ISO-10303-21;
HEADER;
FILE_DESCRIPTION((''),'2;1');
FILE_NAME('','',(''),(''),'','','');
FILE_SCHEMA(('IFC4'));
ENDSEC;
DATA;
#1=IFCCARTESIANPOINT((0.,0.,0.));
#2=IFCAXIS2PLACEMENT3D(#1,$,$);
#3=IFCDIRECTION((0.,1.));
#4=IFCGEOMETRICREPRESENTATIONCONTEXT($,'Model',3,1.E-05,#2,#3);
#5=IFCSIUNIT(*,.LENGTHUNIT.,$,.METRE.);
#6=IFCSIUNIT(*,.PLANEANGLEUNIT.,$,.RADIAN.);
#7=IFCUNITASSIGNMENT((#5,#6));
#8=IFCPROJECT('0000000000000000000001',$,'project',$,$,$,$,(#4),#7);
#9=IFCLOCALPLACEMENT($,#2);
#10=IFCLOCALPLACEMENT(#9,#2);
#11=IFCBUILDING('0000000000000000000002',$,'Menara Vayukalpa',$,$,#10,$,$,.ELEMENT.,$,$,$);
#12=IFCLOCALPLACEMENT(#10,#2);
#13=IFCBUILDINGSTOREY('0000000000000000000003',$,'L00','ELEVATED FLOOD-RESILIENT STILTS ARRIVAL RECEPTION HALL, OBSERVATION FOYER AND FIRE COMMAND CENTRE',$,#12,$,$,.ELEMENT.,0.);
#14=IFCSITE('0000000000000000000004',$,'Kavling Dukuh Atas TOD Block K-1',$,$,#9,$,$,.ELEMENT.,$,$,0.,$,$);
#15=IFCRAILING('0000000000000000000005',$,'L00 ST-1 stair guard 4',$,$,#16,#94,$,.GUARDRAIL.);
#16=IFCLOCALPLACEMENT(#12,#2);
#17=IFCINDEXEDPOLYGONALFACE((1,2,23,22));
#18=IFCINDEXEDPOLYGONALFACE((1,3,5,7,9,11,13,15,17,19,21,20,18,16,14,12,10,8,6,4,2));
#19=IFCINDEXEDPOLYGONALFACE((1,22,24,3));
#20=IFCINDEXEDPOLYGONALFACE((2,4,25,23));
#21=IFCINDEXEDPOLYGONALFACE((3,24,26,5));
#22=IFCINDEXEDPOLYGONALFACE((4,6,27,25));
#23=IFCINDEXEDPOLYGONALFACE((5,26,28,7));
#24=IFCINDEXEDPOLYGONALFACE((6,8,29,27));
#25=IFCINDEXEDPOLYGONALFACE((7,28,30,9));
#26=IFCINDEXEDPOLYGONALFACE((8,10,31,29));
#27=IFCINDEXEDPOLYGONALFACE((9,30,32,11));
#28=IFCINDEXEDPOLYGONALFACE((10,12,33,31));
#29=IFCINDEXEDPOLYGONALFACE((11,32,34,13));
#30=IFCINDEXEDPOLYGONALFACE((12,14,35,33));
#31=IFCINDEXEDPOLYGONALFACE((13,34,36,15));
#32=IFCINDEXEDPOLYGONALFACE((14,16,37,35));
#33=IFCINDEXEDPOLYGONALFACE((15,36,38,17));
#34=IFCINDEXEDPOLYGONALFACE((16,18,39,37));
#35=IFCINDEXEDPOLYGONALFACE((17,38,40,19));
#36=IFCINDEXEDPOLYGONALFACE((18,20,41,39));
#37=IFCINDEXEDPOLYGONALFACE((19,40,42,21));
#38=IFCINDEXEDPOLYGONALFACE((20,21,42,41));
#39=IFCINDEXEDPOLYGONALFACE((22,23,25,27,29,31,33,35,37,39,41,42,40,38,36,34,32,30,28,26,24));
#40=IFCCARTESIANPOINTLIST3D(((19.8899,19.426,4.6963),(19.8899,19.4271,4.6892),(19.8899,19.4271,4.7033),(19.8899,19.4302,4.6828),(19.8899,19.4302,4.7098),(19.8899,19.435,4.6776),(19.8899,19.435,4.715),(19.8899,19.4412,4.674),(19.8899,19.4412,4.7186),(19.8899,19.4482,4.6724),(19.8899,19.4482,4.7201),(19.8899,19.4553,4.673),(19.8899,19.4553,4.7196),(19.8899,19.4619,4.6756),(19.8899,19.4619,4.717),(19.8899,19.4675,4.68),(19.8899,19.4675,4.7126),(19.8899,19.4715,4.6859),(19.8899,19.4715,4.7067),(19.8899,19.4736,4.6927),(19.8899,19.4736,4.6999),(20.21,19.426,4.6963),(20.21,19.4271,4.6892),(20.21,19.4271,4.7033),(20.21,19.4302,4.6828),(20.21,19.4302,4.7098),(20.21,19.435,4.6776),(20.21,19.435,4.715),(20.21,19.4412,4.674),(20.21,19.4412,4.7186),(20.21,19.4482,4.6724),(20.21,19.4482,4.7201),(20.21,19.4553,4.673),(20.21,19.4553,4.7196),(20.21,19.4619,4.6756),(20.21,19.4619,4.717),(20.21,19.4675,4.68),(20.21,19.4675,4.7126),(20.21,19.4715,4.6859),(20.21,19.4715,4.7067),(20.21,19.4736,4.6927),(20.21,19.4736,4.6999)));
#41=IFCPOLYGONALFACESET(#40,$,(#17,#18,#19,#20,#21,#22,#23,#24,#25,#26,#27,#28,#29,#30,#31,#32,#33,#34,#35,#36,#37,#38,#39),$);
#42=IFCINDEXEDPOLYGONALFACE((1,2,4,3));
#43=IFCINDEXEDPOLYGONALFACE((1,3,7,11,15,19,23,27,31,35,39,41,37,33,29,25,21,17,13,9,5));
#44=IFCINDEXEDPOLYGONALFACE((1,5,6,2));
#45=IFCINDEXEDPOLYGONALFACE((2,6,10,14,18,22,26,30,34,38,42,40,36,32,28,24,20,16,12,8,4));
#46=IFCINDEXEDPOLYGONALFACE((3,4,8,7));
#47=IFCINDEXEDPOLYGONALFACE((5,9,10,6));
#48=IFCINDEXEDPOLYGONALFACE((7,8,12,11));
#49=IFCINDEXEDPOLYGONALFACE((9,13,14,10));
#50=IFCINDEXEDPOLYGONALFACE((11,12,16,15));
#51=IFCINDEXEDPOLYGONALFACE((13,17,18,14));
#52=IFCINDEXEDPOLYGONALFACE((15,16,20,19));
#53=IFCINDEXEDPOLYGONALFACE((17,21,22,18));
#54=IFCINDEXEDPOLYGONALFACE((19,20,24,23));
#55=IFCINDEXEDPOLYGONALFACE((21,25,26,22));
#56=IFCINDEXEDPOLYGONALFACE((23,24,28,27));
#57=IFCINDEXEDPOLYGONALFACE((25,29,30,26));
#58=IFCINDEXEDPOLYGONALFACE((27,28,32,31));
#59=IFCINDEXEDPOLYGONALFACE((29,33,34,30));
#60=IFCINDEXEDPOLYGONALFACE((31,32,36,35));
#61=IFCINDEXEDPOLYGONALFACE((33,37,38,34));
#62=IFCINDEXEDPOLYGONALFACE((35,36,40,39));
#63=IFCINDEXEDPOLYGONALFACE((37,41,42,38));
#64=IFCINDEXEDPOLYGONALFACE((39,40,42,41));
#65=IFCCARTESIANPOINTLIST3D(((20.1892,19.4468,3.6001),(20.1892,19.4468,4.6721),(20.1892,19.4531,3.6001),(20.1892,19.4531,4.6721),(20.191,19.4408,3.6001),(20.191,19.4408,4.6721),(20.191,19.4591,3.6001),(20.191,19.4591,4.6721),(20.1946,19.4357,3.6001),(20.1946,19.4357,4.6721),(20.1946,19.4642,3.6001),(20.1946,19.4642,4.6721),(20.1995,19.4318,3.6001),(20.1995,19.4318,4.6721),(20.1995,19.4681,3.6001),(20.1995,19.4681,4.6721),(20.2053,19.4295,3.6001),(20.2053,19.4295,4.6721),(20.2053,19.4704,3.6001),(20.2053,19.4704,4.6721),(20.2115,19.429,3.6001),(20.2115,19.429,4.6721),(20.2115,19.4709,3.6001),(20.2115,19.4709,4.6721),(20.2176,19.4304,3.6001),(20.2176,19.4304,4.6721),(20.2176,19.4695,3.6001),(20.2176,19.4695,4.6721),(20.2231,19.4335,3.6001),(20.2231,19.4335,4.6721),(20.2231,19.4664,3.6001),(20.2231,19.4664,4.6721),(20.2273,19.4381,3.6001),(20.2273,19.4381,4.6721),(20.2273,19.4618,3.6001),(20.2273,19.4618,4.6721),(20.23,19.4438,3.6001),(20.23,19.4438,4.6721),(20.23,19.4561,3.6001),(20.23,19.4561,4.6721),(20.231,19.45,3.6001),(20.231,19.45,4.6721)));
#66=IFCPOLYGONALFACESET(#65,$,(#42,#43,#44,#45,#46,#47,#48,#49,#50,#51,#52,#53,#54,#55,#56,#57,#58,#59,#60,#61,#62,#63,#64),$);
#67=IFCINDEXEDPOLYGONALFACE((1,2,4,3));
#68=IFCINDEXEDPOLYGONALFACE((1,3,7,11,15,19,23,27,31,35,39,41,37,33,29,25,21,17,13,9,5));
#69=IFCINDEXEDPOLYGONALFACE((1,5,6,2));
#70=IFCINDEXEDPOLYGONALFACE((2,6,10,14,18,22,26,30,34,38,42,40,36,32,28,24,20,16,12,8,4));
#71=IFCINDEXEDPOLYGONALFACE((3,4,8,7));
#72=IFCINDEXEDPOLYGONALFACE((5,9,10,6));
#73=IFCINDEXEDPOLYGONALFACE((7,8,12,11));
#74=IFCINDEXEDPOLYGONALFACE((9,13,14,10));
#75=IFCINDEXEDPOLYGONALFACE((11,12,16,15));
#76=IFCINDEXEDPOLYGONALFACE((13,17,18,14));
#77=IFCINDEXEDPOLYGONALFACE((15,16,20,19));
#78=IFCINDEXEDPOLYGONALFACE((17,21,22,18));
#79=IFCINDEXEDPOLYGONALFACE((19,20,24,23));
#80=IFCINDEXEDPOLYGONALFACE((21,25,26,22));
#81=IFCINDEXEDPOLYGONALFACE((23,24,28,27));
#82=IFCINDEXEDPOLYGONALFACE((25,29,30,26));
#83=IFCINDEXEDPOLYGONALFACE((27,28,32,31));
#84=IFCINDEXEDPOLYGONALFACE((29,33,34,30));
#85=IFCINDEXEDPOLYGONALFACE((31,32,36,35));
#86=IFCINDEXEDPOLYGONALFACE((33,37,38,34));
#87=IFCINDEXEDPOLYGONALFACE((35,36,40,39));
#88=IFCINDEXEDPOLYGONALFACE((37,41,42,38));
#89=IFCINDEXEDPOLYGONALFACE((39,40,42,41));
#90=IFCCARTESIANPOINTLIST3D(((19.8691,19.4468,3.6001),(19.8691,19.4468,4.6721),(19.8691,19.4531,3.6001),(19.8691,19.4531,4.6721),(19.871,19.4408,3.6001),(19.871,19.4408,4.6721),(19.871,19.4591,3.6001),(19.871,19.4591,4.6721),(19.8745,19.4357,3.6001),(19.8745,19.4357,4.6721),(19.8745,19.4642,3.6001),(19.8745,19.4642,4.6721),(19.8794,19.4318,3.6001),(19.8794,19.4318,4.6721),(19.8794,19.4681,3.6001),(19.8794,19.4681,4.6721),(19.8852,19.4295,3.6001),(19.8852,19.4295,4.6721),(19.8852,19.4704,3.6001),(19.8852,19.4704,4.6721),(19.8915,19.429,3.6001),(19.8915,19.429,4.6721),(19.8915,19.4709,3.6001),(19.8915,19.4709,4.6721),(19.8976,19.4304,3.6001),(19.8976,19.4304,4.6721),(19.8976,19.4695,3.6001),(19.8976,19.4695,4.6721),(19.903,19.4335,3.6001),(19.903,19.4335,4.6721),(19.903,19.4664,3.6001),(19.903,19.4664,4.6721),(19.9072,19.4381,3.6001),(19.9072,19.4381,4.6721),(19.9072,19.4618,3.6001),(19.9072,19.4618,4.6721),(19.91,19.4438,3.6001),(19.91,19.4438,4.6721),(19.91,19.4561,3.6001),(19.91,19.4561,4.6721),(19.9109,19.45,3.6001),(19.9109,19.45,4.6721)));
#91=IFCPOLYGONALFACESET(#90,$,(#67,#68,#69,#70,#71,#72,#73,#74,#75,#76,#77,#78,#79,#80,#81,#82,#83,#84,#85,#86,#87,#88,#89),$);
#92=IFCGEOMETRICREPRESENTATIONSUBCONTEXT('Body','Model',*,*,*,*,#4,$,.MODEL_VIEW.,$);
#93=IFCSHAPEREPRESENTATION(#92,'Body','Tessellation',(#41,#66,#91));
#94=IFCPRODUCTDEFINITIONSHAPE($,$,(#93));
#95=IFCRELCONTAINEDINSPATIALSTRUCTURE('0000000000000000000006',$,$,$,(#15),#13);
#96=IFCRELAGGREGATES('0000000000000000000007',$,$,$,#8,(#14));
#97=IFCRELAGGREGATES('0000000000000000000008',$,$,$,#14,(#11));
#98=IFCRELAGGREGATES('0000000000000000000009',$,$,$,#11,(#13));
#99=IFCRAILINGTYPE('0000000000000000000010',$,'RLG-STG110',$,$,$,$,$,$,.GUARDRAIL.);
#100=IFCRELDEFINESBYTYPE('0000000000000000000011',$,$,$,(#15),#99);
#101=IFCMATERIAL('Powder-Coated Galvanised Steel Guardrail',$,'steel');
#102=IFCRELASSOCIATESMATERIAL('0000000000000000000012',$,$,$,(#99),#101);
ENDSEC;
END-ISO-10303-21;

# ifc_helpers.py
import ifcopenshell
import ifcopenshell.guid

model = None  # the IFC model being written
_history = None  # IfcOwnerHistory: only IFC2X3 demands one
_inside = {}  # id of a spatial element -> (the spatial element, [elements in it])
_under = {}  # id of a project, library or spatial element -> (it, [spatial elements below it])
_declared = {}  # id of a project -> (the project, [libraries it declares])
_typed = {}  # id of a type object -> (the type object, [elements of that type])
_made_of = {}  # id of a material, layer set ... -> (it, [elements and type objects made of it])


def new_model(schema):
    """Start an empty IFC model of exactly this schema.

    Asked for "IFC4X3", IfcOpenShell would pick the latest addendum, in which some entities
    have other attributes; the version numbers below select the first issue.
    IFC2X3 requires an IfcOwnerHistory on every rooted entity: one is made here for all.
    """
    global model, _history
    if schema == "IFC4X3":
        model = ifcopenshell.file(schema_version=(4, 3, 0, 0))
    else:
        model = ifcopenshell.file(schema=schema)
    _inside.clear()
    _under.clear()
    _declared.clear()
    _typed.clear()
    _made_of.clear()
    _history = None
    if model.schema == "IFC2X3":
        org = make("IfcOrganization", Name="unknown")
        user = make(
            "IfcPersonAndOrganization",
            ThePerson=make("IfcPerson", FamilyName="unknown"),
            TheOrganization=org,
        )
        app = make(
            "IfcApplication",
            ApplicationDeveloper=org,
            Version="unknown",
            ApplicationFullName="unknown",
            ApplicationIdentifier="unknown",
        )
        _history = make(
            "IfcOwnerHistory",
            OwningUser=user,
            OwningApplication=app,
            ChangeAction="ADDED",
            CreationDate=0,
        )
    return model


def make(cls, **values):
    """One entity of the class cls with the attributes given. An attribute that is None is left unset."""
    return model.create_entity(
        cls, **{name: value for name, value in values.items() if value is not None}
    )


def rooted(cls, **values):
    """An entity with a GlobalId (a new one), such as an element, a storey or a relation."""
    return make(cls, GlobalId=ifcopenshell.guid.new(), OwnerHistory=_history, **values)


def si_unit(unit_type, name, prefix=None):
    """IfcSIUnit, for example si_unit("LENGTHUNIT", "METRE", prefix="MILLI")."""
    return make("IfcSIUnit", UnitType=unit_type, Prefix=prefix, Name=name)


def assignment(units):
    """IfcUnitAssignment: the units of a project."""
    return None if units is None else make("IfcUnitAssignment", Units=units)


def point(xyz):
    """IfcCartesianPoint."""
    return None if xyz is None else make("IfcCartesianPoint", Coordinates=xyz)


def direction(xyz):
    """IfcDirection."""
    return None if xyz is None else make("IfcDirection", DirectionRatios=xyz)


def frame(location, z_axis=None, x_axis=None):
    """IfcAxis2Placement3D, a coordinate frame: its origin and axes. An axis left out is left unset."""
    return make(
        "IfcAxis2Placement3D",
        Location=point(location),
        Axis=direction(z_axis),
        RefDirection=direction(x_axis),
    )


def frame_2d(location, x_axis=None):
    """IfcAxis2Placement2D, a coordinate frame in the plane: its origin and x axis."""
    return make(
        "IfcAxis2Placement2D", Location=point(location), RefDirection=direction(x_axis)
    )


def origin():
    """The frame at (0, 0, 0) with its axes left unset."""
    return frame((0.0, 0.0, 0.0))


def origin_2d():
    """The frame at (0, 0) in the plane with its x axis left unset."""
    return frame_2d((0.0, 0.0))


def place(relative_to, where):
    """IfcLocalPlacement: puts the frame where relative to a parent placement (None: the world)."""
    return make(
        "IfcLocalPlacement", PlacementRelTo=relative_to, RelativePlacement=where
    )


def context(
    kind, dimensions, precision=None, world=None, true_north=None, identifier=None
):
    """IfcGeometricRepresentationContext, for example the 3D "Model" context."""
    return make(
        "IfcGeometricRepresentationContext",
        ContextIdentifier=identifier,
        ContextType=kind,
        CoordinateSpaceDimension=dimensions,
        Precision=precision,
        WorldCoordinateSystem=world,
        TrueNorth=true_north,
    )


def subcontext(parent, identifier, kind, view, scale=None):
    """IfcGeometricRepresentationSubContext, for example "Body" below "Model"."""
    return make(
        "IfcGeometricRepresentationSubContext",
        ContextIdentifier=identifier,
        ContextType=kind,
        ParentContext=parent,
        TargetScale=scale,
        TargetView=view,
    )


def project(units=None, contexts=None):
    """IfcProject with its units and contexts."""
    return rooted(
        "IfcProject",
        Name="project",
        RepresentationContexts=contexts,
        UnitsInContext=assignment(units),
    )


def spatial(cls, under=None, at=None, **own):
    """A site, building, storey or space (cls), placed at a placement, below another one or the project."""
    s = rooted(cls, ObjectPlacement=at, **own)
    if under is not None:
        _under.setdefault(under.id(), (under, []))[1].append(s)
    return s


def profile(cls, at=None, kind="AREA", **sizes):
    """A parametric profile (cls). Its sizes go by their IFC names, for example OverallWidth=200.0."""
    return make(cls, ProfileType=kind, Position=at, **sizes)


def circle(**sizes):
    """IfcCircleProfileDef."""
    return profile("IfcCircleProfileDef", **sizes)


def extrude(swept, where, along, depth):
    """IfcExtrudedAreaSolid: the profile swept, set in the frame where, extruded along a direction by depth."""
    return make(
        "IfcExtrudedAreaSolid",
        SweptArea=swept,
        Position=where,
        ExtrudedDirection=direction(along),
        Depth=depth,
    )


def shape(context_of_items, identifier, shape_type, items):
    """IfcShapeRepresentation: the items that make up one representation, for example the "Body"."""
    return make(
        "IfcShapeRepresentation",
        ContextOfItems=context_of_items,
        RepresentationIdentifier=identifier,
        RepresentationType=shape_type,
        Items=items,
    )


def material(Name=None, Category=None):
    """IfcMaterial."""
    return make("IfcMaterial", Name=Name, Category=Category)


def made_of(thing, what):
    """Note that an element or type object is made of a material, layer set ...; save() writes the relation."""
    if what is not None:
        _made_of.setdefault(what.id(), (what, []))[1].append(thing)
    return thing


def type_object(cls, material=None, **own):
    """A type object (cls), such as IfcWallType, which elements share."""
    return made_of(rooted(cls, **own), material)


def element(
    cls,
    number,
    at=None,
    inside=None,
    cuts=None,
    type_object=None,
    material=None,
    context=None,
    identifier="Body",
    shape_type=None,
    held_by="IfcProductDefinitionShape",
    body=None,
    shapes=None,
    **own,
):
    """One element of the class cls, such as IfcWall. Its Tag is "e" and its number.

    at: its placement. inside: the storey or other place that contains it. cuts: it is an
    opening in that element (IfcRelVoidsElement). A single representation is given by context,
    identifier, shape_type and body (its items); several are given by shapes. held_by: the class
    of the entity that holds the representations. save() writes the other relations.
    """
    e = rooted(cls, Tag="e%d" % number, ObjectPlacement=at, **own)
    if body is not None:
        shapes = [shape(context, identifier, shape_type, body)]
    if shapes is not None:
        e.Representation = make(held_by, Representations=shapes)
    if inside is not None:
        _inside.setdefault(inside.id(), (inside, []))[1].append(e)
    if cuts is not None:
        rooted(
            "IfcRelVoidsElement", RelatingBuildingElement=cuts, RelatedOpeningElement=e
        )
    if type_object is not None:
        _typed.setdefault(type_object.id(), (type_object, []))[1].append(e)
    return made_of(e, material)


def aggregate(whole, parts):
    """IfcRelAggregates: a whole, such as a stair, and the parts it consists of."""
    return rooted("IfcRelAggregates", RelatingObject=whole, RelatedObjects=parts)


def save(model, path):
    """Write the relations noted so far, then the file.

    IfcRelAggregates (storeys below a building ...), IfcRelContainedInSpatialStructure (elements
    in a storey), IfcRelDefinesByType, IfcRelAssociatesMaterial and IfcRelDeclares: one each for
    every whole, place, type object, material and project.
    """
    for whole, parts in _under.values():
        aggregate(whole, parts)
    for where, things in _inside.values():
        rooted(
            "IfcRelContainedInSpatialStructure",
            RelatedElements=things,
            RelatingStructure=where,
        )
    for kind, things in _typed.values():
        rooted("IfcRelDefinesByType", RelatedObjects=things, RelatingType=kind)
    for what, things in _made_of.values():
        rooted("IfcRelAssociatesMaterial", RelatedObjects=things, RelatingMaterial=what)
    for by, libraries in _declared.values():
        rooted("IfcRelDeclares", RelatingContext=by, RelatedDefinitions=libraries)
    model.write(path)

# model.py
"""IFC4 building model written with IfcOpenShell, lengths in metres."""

from ifc_helpers import new_model, si_unit, direction, frame, origin, origin_2d, place, context, subcontext, project, spatial, circle, extrude, material, type_object, element, save


model = new_model("IFC4")

# Units and contexts
model_context = context("Model", 3, precision=1e-05, world=origin(), true_north=direction((0.0, 1.0)))
body_context = subcontext(model_context, "Body", "Model", "MODEL_VIEW")
ifc_project = project(units=[si_unit("LENGTHUNIT", "METRE"), si_unit("PLANEANGLEUNIT", "RADIAN")], contexts=[model_context])

# Site, building, storey
site_placement = place(None, origin())
site = spatial("IfcSite", under=ifc_project, at=site_placement, Name="Kavling Dukuh Atas TOD Block K-1", CompositionType="ELEMENT", RefElevation=0.0)
building_placement = place(site_placement, origin())
building = spatial("IfcBuilding", under=site, at=building_placement, Name="Menara Vayukalpa", CompositionType="ELEMENT")
storey_placement = place(building_placement, origin())
storey = spatial("IfcBuildingStorey", under=building, at=storey_placement, Name="L00", Description="ELEVATED FLOOD-RESILIENT STILTS ARRIVAL RECEPTION HALL, OBSERVATION FOYER AND FIRE COMMAND CENTRE", CompositionType="ELEMENT", Elevation=0.0)

# Railing
ifc_material_1 = material(Name="Powder-Coated Galvanised Steel Guardrail", Category="steel")
railing_type = type_object("IfcRailingType", Name="RLG-STG110", PredefinedType="GUARDRAIL", material=ifc_material_1)
railing_1_placement = place(storey_placement, frame((20.21, 19.45, 3.6001)))
element("IfcRailing", 1, at=railing_1_placement, inside=storey, type_object=railing_type, Name="L00 ST-1 stair guard 4", PredefinedType="GUARDRAIL", context=body_context, shape_type="SweptSolid", body=[
    extrude(circle(Radius=0.0239, at=origin_2d()), frame((0.0, 0.0, 1.0962), z_axis=(-1.0, 0.0, 0.0), x_axis=(0.0, -1.0, 0.0)), (0.0, 0.0, 1.0), 0.3201),
    extrude(circle(Radius=0.021, at=origin_2d()), origin(), (0.0, 0.0, 1.0), 1.072),
    extrude(circle(Radius=0.021, at=origin_2d()), frame((-0.3201, 0.0, 0.0)), (0.0, 0.0, 1.0), 1.072),
])

save(model, "model.ifc")
